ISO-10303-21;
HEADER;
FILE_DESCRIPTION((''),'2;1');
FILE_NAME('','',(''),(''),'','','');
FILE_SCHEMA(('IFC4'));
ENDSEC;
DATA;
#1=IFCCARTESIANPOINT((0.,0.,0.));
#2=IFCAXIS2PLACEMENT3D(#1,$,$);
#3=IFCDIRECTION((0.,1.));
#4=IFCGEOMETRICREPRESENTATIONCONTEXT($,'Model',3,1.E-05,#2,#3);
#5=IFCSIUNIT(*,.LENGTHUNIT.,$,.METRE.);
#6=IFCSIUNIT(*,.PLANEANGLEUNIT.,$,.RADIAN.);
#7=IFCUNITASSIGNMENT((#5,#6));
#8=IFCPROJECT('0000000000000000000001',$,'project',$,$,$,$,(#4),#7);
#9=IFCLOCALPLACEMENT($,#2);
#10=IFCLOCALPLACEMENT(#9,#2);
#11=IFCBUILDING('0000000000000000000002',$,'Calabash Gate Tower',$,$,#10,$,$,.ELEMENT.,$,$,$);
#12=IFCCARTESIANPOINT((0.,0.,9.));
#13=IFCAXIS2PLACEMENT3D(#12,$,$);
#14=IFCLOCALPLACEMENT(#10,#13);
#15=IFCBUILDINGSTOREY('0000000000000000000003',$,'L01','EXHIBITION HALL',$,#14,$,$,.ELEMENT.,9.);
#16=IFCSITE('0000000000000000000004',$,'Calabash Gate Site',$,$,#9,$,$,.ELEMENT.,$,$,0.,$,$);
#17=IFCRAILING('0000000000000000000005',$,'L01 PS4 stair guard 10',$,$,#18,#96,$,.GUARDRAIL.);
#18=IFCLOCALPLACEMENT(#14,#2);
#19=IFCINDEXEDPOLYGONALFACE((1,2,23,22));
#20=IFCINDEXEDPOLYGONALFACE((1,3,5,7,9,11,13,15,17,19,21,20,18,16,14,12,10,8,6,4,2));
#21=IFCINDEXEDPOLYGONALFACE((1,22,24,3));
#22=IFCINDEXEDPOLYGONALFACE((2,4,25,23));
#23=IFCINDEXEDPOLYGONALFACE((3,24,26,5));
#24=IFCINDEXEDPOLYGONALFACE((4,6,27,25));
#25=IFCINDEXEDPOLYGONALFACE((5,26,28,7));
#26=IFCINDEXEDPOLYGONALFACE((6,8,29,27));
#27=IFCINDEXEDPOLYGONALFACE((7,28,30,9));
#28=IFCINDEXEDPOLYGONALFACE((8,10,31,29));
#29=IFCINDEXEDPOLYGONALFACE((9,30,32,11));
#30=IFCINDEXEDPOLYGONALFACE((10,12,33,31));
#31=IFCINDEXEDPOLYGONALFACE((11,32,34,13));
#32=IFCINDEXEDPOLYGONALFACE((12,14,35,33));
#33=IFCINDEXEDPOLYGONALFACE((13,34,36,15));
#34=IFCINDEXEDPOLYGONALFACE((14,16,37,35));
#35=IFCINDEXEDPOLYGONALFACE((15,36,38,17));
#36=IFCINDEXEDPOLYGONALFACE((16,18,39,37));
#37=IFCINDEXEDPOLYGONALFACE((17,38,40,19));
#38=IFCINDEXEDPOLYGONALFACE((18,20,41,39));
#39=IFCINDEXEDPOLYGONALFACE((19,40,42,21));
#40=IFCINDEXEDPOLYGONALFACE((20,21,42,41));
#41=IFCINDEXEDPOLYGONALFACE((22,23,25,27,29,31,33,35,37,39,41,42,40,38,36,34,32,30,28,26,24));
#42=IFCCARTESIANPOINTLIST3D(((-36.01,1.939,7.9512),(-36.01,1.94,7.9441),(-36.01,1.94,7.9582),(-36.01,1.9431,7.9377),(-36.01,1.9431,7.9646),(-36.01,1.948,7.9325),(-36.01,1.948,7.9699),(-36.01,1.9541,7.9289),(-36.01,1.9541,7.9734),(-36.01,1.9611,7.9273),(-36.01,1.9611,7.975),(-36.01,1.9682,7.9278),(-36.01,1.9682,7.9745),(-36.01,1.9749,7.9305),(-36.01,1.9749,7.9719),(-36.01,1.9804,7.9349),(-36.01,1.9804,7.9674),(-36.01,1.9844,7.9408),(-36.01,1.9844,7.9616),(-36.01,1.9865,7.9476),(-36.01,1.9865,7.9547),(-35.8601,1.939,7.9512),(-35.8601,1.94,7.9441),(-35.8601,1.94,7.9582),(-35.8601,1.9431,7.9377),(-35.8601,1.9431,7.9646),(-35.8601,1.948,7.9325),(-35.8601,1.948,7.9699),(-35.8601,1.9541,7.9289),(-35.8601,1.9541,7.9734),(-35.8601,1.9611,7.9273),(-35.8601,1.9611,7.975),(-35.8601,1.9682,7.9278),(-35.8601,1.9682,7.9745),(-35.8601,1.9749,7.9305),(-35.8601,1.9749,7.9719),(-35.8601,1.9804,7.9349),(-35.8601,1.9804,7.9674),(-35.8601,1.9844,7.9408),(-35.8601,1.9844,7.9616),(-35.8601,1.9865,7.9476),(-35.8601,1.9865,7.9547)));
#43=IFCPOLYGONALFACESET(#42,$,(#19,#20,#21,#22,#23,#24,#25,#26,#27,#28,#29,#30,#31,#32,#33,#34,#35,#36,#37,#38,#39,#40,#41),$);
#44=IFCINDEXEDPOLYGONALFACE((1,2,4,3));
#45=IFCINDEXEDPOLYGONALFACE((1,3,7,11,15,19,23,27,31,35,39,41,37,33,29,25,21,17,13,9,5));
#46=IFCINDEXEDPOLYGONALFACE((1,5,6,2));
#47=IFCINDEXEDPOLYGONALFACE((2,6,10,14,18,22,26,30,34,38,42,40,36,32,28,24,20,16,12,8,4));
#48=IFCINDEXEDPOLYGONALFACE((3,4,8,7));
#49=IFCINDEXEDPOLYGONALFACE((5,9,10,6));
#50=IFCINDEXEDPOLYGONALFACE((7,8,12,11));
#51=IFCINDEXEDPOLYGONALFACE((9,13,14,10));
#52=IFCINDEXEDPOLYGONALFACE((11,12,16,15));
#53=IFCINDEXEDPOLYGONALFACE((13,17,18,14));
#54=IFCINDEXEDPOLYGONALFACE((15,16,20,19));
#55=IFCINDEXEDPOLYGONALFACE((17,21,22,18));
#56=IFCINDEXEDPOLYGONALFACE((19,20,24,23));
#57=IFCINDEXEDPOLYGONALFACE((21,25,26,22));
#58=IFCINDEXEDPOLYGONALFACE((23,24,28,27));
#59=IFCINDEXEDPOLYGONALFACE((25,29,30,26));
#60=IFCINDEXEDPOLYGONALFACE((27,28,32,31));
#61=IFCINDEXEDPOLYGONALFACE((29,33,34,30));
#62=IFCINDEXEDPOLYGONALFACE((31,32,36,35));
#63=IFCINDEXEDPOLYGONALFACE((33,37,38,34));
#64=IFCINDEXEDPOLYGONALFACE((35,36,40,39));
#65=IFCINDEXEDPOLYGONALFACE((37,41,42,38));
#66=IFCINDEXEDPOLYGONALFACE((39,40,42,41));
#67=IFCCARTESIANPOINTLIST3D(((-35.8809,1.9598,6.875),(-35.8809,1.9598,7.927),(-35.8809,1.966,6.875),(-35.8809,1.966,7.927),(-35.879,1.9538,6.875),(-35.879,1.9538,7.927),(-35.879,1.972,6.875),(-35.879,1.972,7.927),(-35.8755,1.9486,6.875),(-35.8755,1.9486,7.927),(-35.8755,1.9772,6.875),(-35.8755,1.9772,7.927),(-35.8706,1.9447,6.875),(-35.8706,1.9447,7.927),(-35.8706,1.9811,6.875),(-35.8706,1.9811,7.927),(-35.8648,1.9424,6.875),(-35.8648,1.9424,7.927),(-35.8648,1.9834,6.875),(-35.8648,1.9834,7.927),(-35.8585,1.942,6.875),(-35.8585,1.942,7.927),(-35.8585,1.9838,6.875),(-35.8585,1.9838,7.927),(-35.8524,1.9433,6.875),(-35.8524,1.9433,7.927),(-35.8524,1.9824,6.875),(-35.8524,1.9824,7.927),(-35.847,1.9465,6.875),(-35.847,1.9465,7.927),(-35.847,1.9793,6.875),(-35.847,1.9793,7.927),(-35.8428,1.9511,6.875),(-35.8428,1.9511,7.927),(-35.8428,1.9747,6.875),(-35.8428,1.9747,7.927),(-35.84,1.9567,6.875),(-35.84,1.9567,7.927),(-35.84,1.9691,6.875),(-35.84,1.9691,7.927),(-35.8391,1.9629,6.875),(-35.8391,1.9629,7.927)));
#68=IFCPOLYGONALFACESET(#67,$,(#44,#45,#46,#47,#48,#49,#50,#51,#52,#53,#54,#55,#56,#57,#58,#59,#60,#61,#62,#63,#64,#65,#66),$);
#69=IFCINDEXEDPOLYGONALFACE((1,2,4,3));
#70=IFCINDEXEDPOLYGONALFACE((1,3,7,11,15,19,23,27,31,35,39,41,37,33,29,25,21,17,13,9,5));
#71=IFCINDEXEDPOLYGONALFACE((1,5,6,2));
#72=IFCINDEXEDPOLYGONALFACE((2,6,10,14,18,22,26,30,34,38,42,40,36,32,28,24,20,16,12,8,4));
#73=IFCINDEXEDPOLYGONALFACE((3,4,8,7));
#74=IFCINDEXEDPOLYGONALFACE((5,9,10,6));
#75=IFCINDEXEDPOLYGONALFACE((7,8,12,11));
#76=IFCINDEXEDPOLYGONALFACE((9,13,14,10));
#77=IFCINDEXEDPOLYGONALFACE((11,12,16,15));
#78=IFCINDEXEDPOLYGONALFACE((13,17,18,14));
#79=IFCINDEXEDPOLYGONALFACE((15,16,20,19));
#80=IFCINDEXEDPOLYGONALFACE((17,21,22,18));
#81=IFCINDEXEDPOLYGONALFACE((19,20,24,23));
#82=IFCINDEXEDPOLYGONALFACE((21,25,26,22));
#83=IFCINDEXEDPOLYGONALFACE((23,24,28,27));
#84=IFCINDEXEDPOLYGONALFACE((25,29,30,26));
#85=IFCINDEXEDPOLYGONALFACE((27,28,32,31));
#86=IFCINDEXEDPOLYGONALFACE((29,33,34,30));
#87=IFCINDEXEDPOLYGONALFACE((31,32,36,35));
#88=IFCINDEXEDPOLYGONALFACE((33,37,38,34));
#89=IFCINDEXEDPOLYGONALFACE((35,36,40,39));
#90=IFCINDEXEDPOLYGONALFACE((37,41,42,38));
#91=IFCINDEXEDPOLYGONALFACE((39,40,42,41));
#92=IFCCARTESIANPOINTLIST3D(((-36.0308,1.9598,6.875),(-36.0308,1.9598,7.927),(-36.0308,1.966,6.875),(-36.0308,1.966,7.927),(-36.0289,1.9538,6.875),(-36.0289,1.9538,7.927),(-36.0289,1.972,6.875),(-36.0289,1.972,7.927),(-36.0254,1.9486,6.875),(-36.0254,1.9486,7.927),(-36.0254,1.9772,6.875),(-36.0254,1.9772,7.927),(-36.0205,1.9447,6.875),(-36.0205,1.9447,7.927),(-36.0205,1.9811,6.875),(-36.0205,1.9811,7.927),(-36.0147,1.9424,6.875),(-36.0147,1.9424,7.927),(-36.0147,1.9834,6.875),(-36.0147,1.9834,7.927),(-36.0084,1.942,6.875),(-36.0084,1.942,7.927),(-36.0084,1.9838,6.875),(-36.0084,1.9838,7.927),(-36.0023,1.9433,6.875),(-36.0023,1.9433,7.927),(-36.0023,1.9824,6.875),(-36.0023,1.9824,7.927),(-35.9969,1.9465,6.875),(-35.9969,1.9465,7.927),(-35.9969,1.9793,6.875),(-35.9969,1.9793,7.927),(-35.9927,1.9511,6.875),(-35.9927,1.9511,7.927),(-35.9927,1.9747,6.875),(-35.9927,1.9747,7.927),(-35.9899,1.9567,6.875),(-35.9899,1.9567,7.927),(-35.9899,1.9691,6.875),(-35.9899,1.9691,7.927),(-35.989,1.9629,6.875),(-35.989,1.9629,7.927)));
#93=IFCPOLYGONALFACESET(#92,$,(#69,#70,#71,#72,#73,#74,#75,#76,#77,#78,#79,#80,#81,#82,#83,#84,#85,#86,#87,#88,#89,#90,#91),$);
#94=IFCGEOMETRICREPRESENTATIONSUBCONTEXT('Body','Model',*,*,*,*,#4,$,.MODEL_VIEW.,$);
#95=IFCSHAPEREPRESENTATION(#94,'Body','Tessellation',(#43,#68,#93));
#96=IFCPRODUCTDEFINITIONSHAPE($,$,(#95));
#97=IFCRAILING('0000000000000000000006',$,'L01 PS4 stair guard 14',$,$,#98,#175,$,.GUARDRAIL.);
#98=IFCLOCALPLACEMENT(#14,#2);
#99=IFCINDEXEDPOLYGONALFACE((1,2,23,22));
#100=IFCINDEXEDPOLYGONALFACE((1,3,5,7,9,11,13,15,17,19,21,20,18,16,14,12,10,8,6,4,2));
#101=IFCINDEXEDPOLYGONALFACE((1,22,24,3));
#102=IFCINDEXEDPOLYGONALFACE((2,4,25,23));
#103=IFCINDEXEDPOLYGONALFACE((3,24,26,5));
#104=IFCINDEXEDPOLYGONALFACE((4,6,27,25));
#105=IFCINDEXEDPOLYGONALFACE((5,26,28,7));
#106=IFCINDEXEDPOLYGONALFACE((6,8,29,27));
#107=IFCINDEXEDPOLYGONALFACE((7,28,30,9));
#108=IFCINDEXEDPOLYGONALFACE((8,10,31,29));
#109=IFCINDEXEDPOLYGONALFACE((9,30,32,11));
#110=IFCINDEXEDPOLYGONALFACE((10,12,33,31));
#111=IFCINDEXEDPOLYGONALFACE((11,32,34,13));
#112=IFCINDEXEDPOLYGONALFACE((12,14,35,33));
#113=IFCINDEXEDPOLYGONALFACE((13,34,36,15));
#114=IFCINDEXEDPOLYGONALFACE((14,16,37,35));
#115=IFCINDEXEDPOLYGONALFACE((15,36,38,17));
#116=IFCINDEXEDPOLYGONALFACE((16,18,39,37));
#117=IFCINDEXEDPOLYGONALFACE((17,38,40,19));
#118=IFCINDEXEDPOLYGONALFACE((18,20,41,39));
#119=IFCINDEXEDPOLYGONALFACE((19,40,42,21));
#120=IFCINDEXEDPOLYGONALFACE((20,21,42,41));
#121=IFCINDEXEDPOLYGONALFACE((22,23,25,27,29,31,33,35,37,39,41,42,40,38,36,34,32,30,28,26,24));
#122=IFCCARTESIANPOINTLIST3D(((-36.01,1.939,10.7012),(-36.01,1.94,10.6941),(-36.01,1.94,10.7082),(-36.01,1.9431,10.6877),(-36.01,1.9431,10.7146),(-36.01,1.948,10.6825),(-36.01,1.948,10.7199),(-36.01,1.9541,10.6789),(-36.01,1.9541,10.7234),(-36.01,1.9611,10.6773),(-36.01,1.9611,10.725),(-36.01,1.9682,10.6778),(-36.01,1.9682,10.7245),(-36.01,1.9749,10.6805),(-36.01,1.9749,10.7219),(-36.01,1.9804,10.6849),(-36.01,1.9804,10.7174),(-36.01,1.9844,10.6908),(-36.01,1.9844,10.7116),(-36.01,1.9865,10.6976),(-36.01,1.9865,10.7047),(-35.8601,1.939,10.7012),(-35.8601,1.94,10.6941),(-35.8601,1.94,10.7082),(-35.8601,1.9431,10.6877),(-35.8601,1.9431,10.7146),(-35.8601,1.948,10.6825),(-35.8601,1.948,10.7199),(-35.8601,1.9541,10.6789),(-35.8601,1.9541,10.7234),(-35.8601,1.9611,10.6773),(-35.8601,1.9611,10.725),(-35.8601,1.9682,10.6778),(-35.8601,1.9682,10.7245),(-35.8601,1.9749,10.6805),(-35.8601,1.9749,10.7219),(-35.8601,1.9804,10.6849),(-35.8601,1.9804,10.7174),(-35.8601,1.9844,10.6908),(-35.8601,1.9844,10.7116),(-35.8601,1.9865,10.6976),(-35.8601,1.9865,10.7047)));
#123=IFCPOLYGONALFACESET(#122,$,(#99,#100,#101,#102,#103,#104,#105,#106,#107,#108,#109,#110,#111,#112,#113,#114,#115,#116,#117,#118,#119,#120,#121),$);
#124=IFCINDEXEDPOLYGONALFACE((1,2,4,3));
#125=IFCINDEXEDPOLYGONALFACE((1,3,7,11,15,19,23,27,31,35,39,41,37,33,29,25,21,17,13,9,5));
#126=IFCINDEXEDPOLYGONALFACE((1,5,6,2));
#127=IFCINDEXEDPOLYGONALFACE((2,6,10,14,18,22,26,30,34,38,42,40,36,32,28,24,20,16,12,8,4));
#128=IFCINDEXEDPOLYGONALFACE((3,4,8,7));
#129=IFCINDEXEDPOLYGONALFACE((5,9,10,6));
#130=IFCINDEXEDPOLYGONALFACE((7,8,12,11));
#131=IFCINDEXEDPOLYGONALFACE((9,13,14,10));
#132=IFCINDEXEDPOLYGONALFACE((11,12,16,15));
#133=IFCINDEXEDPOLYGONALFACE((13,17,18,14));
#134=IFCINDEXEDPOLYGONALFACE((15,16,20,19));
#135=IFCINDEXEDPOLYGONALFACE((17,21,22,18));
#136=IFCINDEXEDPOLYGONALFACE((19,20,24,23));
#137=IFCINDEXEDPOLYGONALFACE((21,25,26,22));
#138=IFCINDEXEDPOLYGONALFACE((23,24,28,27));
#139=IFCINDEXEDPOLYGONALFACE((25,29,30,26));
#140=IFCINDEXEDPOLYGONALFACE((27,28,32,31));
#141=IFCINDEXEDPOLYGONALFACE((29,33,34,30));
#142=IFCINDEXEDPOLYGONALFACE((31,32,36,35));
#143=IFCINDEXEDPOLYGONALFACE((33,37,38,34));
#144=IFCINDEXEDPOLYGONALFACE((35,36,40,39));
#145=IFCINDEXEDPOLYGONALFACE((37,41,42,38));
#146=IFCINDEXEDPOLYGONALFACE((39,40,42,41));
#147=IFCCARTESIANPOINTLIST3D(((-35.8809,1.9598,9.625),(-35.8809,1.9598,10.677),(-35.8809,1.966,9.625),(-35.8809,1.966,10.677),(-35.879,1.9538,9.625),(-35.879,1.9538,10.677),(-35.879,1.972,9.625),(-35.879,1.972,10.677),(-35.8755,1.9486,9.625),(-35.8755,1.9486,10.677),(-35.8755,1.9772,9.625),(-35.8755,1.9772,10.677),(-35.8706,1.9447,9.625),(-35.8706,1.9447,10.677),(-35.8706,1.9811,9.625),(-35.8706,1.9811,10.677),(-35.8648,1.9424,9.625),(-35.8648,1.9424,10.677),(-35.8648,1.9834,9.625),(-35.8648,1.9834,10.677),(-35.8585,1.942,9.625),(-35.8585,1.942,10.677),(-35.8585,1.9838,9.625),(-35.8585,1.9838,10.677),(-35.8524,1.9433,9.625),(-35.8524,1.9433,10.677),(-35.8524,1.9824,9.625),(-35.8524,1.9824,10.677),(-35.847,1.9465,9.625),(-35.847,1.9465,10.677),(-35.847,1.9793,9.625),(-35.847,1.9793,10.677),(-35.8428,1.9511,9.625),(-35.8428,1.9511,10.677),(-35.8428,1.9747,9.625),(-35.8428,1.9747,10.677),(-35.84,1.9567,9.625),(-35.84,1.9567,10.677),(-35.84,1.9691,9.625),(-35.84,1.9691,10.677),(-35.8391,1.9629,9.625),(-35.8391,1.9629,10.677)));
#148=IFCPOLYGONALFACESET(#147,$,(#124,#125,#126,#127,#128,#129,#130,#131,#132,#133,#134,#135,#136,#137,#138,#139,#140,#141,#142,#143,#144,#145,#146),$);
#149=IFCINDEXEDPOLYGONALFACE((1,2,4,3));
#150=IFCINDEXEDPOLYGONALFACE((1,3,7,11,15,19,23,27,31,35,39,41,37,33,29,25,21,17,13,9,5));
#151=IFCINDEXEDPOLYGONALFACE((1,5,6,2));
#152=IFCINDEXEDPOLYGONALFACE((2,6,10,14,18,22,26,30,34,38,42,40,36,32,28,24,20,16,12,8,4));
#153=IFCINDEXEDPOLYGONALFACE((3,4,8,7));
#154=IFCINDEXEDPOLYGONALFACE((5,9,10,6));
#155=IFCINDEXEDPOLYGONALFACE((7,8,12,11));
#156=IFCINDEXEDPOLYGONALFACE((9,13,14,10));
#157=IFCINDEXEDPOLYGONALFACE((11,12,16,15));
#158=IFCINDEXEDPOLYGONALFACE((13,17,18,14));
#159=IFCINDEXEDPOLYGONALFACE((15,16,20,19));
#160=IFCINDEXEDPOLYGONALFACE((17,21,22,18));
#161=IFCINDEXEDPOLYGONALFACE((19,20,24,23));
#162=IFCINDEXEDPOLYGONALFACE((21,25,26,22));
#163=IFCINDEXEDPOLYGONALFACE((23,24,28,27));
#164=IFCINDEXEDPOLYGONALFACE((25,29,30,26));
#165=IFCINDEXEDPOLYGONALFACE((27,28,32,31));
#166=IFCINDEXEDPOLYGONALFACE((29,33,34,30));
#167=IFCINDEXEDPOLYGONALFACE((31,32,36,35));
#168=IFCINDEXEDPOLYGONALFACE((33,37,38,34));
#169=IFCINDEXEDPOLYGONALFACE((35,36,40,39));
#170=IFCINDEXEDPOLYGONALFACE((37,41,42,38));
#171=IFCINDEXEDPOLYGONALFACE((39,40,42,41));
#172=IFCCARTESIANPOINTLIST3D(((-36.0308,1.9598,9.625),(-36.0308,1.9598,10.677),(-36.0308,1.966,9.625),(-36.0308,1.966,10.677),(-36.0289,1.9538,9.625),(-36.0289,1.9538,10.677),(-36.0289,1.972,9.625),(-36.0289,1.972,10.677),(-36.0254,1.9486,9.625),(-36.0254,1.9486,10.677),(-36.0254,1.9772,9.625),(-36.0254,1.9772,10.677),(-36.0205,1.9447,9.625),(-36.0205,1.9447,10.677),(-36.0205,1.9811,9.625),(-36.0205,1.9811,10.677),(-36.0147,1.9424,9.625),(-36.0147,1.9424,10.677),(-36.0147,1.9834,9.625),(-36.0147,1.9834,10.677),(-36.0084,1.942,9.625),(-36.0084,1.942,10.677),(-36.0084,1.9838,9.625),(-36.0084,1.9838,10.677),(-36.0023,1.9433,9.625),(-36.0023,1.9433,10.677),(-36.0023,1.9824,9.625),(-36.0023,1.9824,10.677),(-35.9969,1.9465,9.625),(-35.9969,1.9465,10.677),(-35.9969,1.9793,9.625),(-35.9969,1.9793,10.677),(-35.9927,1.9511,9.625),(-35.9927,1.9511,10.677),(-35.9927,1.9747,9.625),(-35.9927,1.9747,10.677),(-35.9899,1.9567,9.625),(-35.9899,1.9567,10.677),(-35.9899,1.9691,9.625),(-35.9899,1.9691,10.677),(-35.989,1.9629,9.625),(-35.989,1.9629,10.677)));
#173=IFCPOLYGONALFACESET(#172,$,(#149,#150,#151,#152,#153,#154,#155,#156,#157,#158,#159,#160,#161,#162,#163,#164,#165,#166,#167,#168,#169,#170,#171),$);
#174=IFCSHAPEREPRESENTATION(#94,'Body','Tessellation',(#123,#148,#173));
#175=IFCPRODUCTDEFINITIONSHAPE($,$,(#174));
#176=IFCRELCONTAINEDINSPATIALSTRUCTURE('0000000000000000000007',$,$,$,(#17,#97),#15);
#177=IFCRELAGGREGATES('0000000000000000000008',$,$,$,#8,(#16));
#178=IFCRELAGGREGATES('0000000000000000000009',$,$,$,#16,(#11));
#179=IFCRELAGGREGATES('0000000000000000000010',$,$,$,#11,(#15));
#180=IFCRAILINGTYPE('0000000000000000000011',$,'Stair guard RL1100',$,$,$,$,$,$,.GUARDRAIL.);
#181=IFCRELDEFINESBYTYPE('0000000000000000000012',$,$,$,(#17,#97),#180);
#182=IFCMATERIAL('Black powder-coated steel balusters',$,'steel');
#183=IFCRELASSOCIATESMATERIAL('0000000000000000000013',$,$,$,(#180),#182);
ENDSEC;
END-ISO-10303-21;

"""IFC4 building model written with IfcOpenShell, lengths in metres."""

from ifc_helpers import new_model, si_unit, direction, frame, origin, origin_2d, place, context, subcontext, project, spatial, circle, extrude, material, type_object, element, save


model = new_model("IFC4")

# Units and contexts
model_context = context("Model", 3, precision=1e-05, world=origin(), true_north=direction((0.0, 1.0)))
body_context = subcontext(model_context, "Body", "Model", "MODEL_VIEW")
ifc_project = project(units=[si_unit("LENGTHUNIT", "METRE"), si_unit("PLANEANGLEUNIT", "RADIAN")], contexts=[model_context])

# Site, building, storey
site_placement = place(None, origin())
site = spatial("IfcSite", under=ifc_project, at=site_placement, Name="Calabash Gate Site", CompositionType="ELEMENT", RefElevation=0.0)
building_placement = place(site_placement, origin())
building = spatial("IfcBuilding", under=site, at=building_placement, Name="Calabash Gate Tower", CompositionType="ELEMENT")
storey_placement = place(building_placement, frame((0.0, 0.0, 9.0)))
storey = spatial("IfcBuildingStorey", under=building, at=storey_placement, Name="L01", Description="EXHIBITION HALL", CompositionType="ELEMENT", Elevation=9.0)

# Railings
ifc_material_1 = material(Name="Black powder-coated steel balusters", Category="steel")
railing_type_1 = type_object("IfcRailingType", Name="Stair guard RL1100", PredefinedType="GUARDRAIL", material=ifc_material_1)
for number, where, name in (
    (1, (-35.8601, 1.9629, 6.875), "L01 PS4 stair guard 10"),
    (2, (-35.8601, 1.9629, 9.625), "L01 PS4 stair guard 14"),
):
    element("IfcRailing", number, at=place(storey_placement, frame(where)), inside=storey, type_object=railing_type_1, Name=name, PredefinedType="GUARDRAIL", context=body_context, shape_type="SweptSolid", body=[
        extrude(circle(Radius=0.0239, at=origin_2d()), frame((0.0, 0.0, 1.0762), z_axis=(-1.0, 0.0, 0.0), x_axis=(0.0, -1.0, 0.0)), (0.0, 0.0, 1.0), 0.1499),
        extrude(circle(Radius=0.021, at=origin_2d()), origin(), (0.0, 0.0, 1.0), 1.052),
        extrude(circle(Radius=0.021, at=origin_2d()), frame((-0.1499, 0.0, 0.0)), (0.0, 0.0, 1.0), 1.052),
    ])

save(model, "model.ifc")
